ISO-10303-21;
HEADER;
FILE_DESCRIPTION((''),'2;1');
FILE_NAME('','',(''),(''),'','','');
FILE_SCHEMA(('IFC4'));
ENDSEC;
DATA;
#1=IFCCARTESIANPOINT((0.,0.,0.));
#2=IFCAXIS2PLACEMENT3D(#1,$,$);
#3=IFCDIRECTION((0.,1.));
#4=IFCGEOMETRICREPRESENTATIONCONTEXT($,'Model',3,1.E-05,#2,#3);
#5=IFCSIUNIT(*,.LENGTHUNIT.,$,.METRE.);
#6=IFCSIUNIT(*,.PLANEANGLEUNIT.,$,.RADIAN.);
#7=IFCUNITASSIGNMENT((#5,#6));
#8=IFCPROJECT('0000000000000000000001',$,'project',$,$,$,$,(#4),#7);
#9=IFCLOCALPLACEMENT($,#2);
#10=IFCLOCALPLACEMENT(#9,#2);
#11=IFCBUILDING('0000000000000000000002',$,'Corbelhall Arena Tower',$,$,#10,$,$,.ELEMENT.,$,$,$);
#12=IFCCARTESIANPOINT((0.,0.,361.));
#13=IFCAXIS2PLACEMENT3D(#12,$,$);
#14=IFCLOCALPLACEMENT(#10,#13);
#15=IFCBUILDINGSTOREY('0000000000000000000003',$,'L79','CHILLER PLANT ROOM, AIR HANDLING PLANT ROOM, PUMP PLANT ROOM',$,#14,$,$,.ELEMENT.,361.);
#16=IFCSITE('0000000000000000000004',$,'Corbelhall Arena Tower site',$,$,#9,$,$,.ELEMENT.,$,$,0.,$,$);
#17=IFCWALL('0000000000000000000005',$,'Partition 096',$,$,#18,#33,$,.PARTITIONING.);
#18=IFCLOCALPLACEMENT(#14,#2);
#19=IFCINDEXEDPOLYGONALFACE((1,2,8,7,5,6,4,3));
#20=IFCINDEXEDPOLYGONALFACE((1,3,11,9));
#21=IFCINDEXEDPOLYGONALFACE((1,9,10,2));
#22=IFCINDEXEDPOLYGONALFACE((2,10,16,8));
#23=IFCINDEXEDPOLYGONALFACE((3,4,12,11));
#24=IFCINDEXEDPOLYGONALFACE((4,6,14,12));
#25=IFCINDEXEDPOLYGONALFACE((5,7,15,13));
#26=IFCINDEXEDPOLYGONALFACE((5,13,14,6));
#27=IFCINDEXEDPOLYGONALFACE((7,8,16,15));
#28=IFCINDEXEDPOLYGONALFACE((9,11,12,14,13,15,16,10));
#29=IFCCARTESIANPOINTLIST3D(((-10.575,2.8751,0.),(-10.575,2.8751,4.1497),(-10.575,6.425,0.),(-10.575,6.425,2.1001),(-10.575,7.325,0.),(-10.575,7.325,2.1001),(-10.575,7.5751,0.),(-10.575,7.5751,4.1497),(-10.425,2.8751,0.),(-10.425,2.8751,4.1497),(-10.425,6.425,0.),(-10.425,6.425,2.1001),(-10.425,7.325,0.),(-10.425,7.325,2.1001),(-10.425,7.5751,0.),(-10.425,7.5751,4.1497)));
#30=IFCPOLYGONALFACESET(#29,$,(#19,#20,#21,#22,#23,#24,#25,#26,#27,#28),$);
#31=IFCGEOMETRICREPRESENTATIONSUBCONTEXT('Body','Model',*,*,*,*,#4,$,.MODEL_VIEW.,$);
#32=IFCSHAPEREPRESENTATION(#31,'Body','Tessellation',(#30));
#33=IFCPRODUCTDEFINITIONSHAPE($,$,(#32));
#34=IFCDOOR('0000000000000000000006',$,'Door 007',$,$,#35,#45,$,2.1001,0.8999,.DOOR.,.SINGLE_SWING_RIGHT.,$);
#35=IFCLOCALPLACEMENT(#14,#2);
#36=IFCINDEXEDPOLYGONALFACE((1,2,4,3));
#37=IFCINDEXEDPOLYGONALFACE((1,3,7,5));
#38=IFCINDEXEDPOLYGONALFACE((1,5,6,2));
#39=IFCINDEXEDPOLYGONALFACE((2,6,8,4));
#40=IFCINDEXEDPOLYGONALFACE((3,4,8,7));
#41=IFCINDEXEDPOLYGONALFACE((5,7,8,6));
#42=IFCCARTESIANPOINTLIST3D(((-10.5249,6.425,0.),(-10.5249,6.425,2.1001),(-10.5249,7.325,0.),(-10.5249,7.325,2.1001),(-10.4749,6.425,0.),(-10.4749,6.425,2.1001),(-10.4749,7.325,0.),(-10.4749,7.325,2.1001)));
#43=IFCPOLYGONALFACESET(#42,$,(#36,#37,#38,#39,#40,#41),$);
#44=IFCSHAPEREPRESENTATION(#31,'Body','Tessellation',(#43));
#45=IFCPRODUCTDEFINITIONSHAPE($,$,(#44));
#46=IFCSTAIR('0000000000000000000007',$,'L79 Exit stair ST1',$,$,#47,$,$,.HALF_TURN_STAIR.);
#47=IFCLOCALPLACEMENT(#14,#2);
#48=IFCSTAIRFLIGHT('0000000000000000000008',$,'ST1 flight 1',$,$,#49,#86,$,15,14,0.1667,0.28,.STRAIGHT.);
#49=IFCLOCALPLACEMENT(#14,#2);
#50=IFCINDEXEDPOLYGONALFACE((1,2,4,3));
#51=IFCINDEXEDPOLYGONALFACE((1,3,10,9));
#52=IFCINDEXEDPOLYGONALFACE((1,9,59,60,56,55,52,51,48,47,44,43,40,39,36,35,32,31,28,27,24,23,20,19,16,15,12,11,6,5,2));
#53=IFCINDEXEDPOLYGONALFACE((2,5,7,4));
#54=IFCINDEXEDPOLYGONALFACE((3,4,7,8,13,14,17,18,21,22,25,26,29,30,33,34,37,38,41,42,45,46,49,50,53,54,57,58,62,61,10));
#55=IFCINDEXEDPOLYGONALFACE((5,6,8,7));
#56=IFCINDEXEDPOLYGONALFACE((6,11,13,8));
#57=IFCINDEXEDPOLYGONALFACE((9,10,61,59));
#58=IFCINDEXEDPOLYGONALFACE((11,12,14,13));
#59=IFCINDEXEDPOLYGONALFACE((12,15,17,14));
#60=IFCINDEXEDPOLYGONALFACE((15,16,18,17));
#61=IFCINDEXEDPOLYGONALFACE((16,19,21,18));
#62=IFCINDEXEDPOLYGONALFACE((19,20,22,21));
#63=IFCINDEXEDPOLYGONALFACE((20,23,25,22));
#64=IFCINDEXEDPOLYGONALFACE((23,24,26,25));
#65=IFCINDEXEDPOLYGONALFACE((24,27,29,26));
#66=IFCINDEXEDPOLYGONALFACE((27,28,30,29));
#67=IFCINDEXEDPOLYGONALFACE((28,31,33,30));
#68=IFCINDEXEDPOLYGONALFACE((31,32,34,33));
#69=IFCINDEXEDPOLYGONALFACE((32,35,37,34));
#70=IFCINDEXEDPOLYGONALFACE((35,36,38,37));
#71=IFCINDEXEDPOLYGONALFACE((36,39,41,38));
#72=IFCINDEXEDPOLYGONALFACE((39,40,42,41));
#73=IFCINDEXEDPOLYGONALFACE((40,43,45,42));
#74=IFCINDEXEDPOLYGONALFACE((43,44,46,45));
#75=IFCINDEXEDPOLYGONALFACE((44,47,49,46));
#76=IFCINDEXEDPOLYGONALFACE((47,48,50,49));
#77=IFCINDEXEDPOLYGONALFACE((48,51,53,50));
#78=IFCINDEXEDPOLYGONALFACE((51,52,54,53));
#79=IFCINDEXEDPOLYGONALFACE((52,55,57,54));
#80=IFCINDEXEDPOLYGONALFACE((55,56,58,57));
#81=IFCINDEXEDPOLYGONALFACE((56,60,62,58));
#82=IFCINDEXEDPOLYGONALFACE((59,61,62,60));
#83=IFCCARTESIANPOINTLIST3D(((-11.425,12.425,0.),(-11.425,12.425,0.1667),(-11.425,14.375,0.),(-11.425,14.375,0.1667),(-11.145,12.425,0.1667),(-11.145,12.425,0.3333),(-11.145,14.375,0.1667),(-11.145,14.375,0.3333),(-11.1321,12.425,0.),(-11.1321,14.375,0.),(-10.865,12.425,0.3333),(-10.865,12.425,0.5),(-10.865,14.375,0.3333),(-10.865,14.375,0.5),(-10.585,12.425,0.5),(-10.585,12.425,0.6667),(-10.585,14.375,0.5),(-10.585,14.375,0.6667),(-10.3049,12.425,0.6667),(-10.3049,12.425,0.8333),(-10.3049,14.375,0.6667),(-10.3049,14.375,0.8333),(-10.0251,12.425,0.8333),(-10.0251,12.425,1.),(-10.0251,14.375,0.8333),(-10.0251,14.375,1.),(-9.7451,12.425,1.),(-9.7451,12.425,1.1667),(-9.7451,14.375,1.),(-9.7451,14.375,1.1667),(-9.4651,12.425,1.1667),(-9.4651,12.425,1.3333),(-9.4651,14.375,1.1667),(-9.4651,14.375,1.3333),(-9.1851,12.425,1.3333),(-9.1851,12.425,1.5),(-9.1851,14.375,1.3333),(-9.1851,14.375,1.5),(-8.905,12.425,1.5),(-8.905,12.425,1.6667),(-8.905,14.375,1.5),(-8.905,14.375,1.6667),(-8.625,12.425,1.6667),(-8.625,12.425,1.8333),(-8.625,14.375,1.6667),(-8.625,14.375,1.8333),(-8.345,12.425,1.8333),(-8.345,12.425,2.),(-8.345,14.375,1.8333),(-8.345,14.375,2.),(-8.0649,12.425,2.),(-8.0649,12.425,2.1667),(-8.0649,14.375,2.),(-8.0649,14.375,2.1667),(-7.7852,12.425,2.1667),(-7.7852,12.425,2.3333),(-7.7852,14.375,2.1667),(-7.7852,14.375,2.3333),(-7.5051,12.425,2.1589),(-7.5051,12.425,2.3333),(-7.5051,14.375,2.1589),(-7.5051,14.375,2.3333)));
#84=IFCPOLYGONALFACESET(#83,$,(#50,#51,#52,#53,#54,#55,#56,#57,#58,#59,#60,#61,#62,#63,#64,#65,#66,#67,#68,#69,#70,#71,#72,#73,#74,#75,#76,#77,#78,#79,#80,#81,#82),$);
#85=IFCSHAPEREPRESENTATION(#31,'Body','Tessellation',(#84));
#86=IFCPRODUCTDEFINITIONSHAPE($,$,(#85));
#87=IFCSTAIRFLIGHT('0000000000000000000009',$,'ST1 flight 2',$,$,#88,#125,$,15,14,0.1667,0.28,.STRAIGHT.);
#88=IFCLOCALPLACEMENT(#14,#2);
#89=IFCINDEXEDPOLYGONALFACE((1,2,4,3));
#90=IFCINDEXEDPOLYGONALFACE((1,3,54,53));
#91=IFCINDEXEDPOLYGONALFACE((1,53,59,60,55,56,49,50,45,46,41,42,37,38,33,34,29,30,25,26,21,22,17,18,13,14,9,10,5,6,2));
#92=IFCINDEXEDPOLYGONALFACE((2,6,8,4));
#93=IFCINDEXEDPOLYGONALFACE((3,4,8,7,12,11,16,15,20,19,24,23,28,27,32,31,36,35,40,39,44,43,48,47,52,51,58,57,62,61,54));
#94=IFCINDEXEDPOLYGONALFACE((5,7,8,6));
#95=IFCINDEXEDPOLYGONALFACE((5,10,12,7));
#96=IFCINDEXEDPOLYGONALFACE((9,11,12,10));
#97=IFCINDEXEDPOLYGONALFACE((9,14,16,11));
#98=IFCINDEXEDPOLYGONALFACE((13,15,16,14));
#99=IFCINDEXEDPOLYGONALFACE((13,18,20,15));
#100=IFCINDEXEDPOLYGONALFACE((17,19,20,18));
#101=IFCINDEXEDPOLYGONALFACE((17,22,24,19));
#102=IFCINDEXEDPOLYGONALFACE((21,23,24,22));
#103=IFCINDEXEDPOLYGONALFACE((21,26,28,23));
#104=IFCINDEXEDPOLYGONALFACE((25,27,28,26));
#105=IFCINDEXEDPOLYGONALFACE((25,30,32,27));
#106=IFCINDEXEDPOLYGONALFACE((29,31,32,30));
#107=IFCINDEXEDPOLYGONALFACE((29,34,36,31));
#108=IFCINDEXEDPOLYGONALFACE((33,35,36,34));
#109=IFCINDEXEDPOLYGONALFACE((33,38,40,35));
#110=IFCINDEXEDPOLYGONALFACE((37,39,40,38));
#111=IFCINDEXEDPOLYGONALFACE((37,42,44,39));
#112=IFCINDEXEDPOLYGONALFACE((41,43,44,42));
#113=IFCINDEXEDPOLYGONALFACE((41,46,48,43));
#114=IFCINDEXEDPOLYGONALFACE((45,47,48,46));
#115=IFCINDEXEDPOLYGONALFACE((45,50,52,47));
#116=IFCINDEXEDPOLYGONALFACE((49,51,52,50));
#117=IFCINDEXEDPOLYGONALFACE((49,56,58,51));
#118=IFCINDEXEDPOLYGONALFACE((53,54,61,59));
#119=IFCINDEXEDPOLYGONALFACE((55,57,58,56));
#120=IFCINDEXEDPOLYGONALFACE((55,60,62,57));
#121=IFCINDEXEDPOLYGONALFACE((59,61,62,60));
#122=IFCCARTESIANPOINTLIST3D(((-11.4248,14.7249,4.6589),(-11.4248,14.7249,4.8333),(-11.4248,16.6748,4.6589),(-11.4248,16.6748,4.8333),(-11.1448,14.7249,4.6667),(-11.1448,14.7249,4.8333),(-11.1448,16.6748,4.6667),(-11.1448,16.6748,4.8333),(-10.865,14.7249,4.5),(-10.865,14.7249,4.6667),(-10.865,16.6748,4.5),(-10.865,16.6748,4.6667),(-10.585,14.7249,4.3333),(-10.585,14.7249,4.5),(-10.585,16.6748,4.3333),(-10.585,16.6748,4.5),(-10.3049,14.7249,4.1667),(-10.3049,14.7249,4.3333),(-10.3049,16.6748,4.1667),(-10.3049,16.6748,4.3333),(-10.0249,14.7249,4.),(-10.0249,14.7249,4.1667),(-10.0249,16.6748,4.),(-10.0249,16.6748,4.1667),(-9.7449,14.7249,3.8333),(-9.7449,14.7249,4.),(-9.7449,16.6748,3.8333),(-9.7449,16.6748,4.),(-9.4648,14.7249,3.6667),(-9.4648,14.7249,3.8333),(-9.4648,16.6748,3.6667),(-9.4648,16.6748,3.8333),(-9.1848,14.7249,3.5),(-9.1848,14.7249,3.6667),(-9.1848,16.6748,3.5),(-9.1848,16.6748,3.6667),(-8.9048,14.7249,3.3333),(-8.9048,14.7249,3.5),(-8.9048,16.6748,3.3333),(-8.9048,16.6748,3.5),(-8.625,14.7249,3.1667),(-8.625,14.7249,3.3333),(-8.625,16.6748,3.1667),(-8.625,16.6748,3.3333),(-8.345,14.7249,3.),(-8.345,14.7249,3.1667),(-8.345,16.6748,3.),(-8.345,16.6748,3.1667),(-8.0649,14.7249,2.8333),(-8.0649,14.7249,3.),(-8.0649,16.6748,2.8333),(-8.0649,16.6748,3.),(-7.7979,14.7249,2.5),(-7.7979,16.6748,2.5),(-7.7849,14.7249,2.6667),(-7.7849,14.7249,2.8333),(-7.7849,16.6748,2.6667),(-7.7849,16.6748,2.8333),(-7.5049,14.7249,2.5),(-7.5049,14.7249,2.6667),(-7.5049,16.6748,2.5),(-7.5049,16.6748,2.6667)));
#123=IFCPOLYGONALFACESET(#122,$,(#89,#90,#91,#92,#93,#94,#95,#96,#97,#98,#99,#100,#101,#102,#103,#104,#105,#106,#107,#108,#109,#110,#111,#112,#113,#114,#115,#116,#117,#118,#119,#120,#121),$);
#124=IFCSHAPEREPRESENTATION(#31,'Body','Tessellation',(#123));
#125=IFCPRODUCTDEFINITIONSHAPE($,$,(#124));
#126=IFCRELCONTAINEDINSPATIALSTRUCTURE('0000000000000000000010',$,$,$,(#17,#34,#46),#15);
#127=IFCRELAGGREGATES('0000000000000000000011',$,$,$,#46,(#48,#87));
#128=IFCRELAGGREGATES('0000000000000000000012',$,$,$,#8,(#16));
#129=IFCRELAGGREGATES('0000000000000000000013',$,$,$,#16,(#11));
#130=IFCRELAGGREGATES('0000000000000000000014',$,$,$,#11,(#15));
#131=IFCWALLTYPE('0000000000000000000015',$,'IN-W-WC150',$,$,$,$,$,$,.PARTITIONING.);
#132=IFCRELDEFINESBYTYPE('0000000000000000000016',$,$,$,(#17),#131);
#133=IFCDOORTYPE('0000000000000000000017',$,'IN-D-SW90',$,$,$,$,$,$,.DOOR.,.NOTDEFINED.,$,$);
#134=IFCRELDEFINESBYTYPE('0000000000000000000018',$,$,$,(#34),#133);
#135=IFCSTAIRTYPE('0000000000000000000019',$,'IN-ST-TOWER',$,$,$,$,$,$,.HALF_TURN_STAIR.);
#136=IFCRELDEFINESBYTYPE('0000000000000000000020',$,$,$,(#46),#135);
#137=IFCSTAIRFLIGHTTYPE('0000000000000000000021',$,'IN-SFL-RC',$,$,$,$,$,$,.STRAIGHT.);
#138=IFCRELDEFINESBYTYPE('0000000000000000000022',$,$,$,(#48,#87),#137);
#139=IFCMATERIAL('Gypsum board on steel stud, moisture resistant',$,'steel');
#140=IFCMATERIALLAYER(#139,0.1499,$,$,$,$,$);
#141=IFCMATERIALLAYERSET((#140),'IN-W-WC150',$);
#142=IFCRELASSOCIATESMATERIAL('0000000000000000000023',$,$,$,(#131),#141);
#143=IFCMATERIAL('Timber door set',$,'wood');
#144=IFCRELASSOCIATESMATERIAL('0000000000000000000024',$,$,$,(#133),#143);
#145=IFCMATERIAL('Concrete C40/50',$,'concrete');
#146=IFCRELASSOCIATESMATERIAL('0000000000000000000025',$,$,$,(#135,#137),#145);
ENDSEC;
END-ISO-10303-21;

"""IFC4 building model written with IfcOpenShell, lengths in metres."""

from ifc_helpers import new_model, si_unit, direction, frame, frame_2d, origin, place, context, subcontext, project, spatial, polyline, rectangle, outline, extrude, material, layer, layer_set, type_object, element, fill, aggregate, save


model = new_model("IFC4")

# Units and contexts
model_context = context("Model", 3, precision=1e-05, world=origin(), true_north=direction((0.0, 1.0)))
body_context = subcontext(model_context, "Body", "Model", "MODEL_VIEW")
ifc_project = project(units=[si_unit("LENGTHUNIT", "METRE"), si_unit("PLANEANGLEUNIT", "RADIAN")], contexts=[model_context])

# Site, building, storey
site_placement = place(None, origin())
site = spatial("IfcSite", under=ifc_project, at=site_placement, Name="Corbelhall Arena Tower site", CompositionType="ELEMENT", RefElevation=0.0)
building_placement = place(site_placement, origin())
building = spatial("IfcBuilding", under=site, at=building_placement, Name="Corbelhall Arena Tower", CompositionType="ELEMENT")
storey_placement = place(building_placement, frame((0.0, 0.0, 361.0)))
storey = spatial("IfcBuildingStorey", under=building, at=storey_placement, Name="L79", Description="CHILLER PLANT ROOM, AIR HANDLING PLANT ROOM, PUMP PLANT ROOM", CompositionType="ELEMENT", Elevation=361.0)

# Shared definitions
ifc_material_1 = material(Name="Concrete C40/50", Category="concrete")

# Wall, opening, door
ifc_material_2 = material(Name="Gypsum board on steel stud, moisture resistant", Category="steel")
ifc_layer_1 = layer(ifc_material_2, 0.1499)
ifc_layer_set_1 = layer_set([ifc_layer_1], Name="IN-W-WC150")
wall_type_1 = type_object("IfcWallType", Name="IN-W-WC150", PredefinedType="PARTITIONING", material=ifc_layer_set_1)
wall_1_placement = place(storey_placement, frame((-10.5, 2.875, 0.0), z_axis=(0.0, 0.0, 1.0), x_axis=(0.0, 1.0, 0.0)))
wall_1 = element("IfcWall", 1, at=wall_1_placement, inside=storey, type_object=wall_type_1, Name="Partition 096", PredefinedType="PARTITIONING", context=body_context, shape_type="SweptSolid", body=[
    extrude(rectangle(XDim=4.7, YDim=0.1499, at=frame_2d((2.3501, 0.0))), origin(), (0.0, 0.0, 1.0), 4.1497),
])
opening_1_placement = place(wall_1_placement, frame((3.55, 0.0, 0.0)))
opening_1 = element("IfcOpeningElement", 2, at=opening_1_placement, cuts=wall_1, PredefinedType="OPENING", context=body_context, shape_type="SweptSolid", body=[
    extrude(rectangle(XDim=0.8999, YDim=2.1001, at=frame_2d((0.45, 1.05))), frame((0.0, 0.075, 0.0), z_axis=(0.0, -1.0, 0.0), x_axis=(1.0, 0.0, 0.0)), (0.0, 0.0, 1.0), 0.1499),
])
ifc_material_3 = material(Name="Timber door set", Category="wood")
door_type_1 = type_object("IfcDoorType", Name="IN-D-SW90", OperationType="NOTDEFINED", PredefinedType="DOOR", material=ifc_material_3)
door_1_placement = place(opening_1_placement, origin())
door_1 = element("IfcDoor", 3, at=door_1_placement, inside=storey, type_object=door_type_1, Name="Door 007", OperationType="SINGLE_SWING_RIGHT", OverallHeight=2.1001, OverallWidth=0.8999, PredefinedType="DOOR", context=body_context, shape_type="SweptSolid", body=[
    extrude(rectangle(XDim=0.8999, YDim=2.1001, at=frame_2d((0.45, 1.05))), frame((0.0, 0.0249, 0.0), z_axis=(0.0, -1.0, 0.0), x_axis=(1.0, 0.0, 0.0)), (0.0, 0.0, 1.0), 0.05),
])
fill(opening_1, door_1)

# Stair, stair flights
stair_type = type_object("IfcStairType", Name="IN-ST-TOWER", PredefinedType="HALF_TURN_STAIR", material=ifc_material_1)
stair_placement = place(storey_placement, origin())
stair = element("IfcStair", 4, at=stair_placement, inside=storey, type_object=stair_type, Name="L79 Exit stair ST1", PredefinedType="HALF_TURN_STAIR")
stair_flight_type = type_object("IfcStairFlightType", Name="IN-SFL-RC", PredefinedType="STRAIGHT", material=ifc_material_1)
stair_flight_1_placement = place(storey_placement, frame((-11.425, 13.3999, 0.0), z_axis=(0.0, 0.0, 1.0), x_axis=(1.0, 0.0, 0.0)))
stair_flight_1 = element("IfcStairFlight", 5, at=stair_flight_1_placement, type_object=stair_flight_type, Name="ST1 flight 1", NumberOfRisers=15, NumberOfTreads=14, PredefinedType="STRAIGHT", RiserHeight=0.1667, TreadLength=0.28, context=body_context, shape_type="SweptSolid", body=[
    extrude(outline(polyline([(0.0, 0.0), (0.0, 0.1667), (0.28, 0.1667), (0.28, 0.3333), (0.5601, 0.3333), (0.5601, 0.5), (0.8401, 0.5), (0.8401, 0.6667), (1.1201, 0.6667), (1.1201, 0.8333), (1.3999, 0.8333), (1.3999, 1.0), (1.6799, 1.0), (1.6799, 1.1667), (1.96, 1.1667), (1.96, 1.3333), (2.24, 1.3333), (2.24, 1.5), (2.52, 1.5), (2.52, 1.6667), (2.8, 1.6667), (2.8, 1.8333), (3.0801, 1.8333), (3.0801, 2.0), (3.3601, 2.0), (3.3601, 2.1667), (3.6399, 2.1667), (3.6399, 2.3333), (3.9199, 2.3333), (3.9199, 2.5), (3.9199, 2.1589), (0.293, 0.0), (0.0, 0.0)])), frame((0.0, 0.9751, 0.0), z_axis=(0.0, -1.0, 0.0), x_axis=(1.0, 0.0, 0.0)), (0.0, 0.0, 1.0), 1.95),
])
stair_flight_2_placement = place(storey_placement, frame((-7.5049, 15.7, 2.5), z_axis=(0.0, 0.0, 1.0), x_axis=(-1.0, 0.0, 0.0)))
stair_flight_2 = element("IfcStairFlight", 6, at=stair_flight_2_placement, type_object=stair_flight_type, Name="ST1 flight 2", NumberOfRisers=15, NumberOfTreads=14, PredefinedType="STRAIGHT", RiserHeight=0.1667, TreadLength=0.28, context=body_context, shape_type="SweptSolid", body=[
    extrude(outline(polyline([(0.0, 0.0), (0.0, 0.1667), (0.28, 0.1667), (0.28, 0.3333), (0.5601, 0.3333), (0.5601, 0.5), (0.8401, 0.5), (0.8401, 0.6667), (1.1201, 0.6667), (1.1201, 0.8333), (1.3999, 0.8333), (1.3999, 1.0), (1.6799, 1.0), (1.6799, 1.1667), (1.96, 1.1667), (1.96, 1.3333), (2.24, 1.3333), (2.24, 1.5), (2.52, 1.5), (2.52, 1.6667), (2.8, 1.6667), (2.8, 1.8333), (3.0801, 1.8333), (3.0801, 2.0), (3.3601, 2.0), (3.3601, 2.1667), (3.6399, 2.1667), (3.6399, 2.3333), (3.9199, 2.3333), (3.9199, 2.5), (3.9199, 2.1589), (0.293, 0.0), (0.0, 0.0)])), frame((0.0, 0.9751, 0.0), z_axis=(0.0, -1.0, 0.0), x_axis=(1.0, 0.0, 0.0)), (0.0, 0.0, 1.0), 1.95),
])
aggregate(stair, [stair_flight_1, stair_flight_2])

save(model, "model.ifc")
